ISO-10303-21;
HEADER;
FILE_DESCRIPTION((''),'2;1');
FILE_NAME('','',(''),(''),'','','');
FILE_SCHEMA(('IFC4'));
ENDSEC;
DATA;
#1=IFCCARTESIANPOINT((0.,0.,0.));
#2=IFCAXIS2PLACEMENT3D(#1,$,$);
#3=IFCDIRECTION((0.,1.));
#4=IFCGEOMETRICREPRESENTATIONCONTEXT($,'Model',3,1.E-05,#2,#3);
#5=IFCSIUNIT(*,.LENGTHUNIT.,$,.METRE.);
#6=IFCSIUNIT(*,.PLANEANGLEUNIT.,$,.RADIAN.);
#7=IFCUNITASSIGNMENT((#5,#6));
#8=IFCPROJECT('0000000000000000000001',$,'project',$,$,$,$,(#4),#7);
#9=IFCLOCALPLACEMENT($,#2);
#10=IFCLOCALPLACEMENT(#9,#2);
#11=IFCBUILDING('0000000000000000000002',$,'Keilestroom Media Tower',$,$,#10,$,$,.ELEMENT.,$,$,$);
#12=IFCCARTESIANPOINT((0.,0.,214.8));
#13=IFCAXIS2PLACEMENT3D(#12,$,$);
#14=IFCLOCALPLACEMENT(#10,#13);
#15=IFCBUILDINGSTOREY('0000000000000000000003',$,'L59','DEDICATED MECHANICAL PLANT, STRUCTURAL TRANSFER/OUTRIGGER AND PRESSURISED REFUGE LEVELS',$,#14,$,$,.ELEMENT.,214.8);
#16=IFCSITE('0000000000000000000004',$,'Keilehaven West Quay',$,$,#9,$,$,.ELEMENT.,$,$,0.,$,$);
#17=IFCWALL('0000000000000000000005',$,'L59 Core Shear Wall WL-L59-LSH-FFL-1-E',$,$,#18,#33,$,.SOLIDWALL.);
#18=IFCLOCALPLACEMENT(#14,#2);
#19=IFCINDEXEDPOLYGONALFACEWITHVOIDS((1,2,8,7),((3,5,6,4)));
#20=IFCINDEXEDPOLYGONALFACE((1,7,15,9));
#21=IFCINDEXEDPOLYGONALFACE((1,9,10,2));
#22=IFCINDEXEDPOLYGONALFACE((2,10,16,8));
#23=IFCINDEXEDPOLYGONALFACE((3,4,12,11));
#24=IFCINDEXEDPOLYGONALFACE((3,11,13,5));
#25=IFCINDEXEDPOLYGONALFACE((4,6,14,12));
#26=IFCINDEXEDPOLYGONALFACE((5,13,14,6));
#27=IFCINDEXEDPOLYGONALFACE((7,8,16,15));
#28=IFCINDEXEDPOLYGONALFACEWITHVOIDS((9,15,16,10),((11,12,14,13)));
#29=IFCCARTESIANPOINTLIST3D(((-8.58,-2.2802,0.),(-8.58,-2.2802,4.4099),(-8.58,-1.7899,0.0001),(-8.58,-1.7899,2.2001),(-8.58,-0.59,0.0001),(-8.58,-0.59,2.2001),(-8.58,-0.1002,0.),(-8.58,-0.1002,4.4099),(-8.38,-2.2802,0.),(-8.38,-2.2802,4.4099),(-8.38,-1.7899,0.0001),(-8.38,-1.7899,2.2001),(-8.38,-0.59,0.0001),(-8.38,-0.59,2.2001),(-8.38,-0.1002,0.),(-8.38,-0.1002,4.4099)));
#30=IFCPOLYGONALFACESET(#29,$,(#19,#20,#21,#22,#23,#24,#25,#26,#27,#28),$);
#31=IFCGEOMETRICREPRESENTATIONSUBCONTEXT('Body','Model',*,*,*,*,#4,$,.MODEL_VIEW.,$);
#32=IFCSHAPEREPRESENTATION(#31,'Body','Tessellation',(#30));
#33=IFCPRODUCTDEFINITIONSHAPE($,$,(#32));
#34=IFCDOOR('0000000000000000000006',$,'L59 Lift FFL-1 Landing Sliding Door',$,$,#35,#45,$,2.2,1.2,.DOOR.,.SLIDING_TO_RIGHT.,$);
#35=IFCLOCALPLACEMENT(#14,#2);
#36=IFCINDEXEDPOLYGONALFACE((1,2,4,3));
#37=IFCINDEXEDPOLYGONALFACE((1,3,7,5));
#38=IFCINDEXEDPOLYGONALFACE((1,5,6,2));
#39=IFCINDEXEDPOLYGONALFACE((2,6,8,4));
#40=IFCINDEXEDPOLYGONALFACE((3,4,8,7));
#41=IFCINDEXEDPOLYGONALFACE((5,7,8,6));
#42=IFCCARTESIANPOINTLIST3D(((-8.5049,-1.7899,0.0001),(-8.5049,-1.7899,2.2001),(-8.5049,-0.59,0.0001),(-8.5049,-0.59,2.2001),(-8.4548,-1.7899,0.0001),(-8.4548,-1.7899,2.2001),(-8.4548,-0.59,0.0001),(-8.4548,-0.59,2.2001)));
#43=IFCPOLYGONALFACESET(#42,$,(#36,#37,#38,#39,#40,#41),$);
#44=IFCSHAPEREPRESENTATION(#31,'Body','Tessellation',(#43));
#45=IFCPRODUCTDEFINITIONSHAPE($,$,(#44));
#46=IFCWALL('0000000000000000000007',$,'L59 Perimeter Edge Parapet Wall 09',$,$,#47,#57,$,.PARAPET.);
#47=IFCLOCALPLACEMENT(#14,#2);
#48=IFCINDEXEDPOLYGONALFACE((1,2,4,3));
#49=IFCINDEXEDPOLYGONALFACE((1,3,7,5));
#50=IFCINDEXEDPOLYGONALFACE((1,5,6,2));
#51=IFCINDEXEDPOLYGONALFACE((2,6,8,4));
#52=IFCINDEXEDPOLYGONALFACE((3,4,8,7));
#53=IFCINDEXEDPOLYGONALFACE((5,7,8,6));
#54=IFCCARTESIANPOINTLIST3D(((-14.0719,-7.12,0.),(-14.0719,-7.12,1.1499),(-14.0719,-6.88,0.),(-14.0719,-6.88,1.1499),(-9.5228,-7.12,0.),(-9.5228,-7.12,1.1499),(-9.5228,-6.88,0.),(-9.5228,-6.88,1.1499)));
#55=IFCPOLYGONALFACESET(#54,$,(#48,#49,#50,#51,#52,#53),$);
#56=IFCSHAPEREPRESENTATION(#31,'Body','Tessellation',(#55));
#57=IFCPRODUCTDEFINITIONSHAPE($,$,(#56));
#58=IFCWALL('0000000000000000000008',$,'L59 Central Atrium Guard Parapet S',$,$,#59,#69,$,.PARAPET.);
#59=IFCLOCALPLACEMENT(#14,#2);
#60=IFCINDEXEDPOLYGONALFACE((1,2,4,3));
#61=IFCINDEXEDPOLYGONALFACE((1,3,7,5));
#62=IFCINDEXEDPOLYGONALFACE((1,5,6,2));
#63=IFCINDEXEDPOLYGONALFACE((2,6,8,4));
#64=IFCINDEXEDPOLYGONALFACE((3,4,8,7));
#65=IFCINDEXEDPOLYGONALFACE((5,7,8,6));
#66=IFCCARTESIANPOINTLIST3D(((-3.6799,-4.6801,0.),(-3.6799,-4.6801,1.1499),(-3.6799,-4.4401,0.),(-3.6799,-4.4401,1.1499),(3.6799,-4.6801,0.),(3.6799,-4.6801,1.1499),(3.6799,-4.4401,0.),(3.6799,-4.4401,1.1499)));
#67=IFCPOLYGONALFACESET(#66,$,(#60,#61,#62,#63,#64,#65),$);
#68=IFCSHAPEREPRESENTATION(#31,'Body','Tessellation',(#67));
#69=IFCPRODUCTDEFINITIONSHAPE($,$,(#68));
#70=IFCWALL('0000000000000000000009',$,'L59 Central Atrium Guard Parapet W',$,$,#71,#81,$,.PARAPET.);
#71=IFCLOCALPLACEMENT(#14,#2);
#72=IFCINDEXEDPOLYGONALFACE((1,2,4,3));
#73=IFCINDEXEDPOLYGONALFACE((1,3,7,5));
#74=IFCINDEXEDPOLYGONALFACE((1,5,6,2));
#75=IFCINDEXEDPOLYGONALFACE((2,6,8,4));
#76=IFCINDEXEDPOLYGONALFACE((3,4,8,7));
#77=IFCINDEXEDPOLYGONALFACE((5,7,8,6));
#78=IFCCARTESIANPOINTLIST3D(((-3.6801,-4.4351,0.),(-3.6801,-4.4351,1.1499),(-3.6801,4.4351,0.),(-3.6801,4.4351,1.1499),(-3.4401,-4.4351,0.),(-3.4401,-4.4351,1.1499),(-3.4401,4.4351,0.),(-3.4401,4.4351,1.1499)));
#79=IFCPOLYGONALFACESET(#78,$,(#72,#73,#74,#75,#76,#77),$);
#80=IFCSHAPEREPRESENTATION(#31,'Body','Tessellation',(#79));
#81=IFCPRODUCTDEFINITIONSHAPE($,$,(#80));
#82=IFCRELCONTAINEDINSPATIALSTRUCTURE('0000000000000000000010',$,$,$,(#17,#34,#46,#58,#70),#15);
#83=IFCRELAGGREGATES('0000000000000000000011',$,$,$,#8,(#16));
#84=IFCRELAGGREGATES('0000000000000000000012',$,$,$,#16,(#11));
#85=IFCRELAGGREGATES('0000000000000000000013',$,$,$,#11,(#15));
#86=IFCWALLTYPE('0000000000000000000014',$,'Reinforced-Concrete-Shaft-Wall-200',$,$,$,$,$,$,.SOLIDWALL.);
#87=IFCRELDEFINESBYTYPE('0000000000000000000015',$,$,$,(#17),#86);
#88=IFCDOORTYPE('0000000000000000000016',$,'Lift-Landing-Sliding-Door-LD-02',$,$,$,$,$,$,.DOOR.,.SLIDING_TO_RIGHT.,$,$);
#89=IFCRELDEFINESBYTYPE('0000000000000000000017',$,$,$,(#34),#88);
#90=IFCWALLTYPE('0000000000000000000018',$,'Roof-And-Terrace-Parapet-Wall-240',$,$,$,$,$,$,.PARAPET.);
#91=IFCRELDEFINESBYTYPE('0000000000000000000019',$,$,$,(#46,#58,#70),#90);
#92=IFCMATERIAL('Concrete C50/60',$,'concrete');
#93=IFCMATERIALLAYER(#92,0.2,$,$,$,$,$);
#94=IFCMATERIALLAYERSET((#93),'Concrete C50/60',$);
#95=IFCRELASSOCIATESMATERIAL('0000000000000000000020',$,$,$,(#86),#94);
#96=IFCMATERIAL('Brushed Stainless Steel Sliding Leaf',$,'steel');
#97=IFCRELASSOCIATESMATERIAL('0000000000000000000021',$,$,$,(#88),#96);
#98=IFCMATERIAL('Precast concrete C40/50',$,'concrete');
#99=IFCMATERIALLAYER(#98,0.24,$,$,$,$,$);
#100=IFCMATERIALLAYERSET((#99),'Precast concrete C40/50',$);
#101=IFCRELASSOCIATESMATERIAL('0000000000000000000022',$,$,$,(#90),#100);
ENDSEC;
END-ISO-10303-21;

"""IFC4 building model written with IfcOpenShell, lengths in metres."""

from ifc_helpers import new_model, si_unit, direction, frame, frame_2d, origin, place, context, subcontext, project, spatial, rectangle, extrude, source, transform, mapped, material, layer, layer_set, type_object, element, fill, save


model = new_model("IFC4")

# Units and contexts
model_context = context("Model", 3, precision=1e-05, world=origin(), true_north=direction((0.0, 1.0)))
body_context = subcontext(model_context, "Body", "Model", "MODEL_VIEW")
ifc_project = project(units=[si_unit("LENGTHUNIT", "METRE"), si_unit("PLANEANGLEUNIT", "RADIAN")], contexts=[model_context])

# Site, building, storey
site_placement = place(None, origin())
site = spatial("IfcSite", under=ifc_project, at=site_placement, Name="Keilehaven West Quay", CompositionType="ELEMENT", RefElevation=0.0)
building_placement = place(site_placement, origin())
building = spatial("IfcBuilding", under=site, at=building_placement, Name="Keilestroom Media Tower", CompositionType="ELEMENT")
storey_placement = place(building_placement, frame((0.0, 0.0, 214.8)))
storey = spatial("IfcBuildingStorey", under=building, at=storey_placement, Name="L59", Description="DEDICATED MECHANICAL PLANT, STRUCTURAL TRANSFER/OUTRIGGER AND PRESSURISED REFUGE LEVELS", CompositionType="ELEMENT", Elevation=214.8)

# Shared definitions
shared_shape_1 = source(origin(), body_context, "Body", "SweptSolid", [
    extrude(rectangle(XDim=1.2, YDim=2.2, at=frame_2d((0.6001, 1.1001))), frame((0.0, 0.0249, 0.0), z_axis=(0.0, -1.0, 0.0), x_axis=(1.0, 0.0, 0.0)), (0.0, 0.0, 1.0), 0.05),
])

# Shared definitions
ifc_material_1 = material(Name="Concrete C50/60", Category="concrete")
ifc_layer_1 = layer(ifc_material_1, 0.2)
ifc_layer_set_1 = layer_set([ifc_layer_1], Name="Concrete C50/60")
wall_type_1 = type_object("IfcWallType", Name="Reinforced-Concrete-Shaft-Wall-200", PredefinedType="SOLIDWALL", material=ifc_layer_set_1)

# Wall, opening, door
wall_1_placement = place(storey_placement, frame((-8.48, -2.28, 0.0), z_axis=(0.0, 0.0, 1.0), x_axis=(0.0, 1.0, 0.0)))
wall_1 = element("IfcWall", 1, at=wall_1_placement, inside=storey, type_object=wall_type_1, Name="L59 Core Shear Wall WL-L59-LSH-FFL-1-E", PredefinedType="SOLIDWALL", context=body_context, shape_type="SweptSolid", body=[
    extrude(rectangle(XDim=2.1799, YDim=0.2, at=frame_2d((1.0898, 0.0))), origin(), (0.0, 0.0, 1.0), 4.4099),
])
opening_1_placement = place(wall_1_placement, frame((0.49, 0.0, 0.0)))
opening_1 = element("IfcOpeningElement", 2, at=opening_1_placement, cuts=wall_1, PredefinedType="OPENING", context=body_context, shape_type="SweptSolid", body=[
    extrude(rectangle(XDim=1.2, YDim=2.2, at=frame_2d((0.6001, 1.1001))), frame((0.0, 0.1099, 0.0), z_axis=(0.0, -1.0, 0.0), x_axis=(1.0, 0.0, 0.0)), (0.0, 0.0, 1.0), 0.22),
])
ifc_material_2 = material(Name="Brushed Stainless Steel Sliding Leaf", Category="steel")
door_type_1 = type_object("IfcDoorType", Name="Lift-Landing-Sliding-Door-LD-02", OperationType="SLIDING_TO_RIGHT", PredefinedType="DOOR", material=ifc_material_2)
door_1_placement = place(opening_1_placement, origin())
door_1 = element("IfcDoor", 3, at=door_1_placement, inside=storey, type_object=door_type_1, Name="L59 Lift FFL-1 Landing Sliding Door", OperationType="SLIDING_TO_RIGHT", OverallHeight=2.2, OverallWidth=1.2, PredefinedType="DOOR", context=body_context, shape_type="MappedRepresentation", body=[
    mapped(shared_shape_1, transform((0.0, 0.0, 0.0), x_axis=(1.0, 0.0, 0.0), y_axis=(0.0, 1.0, 0.0), z_axis=(0.0, 0.0, 1.0), scale=1.0)),
])
fill(opening_1, door_1)

# Walls
ifc_material_3 = material(Name="Precast concrete C40/50", Category="concrete")
ifc_layer_2 = layer(ifc_material_3, 0.24)
ifc_layer_set_2 = layer_set([ifc_layer_2], Name="Precast concrete C40/50")
wall_type_2 = type_object("IfcWallType", Name="Roof-And-Terrace-Parapet-Wall-240", PredefinedType="PARAPET", material=ifc_layer_set_2)
wall_2_placement = place(storey_placement, frame((-9.5229, -7.0, 0.0), z_axis=(0.0, 0.0, 1.0), x_axis=(-1.0, 0.0, 0.0)))
element("IfcWall", 4, at=wall_2_placement, inside=storey, type_object=wall_type_2, Name="L59 Perimeter Edge Parapet Wall 09", PredefinedType="PARAPET", context=body_context, shape_type="SweptSolid", body=[
    extrude(rectangle(XDim=4.5491, YDim=0.24, at=frame_2d((2.2744, 0.0))), origin(), (0.0, 0.0, 1.0), 1.1499),
])
wall_3_placement = place(storey_placement, frame((-3.6799, -4.5601, 0.0), z_axis=(0.0, 0.0, 1.0), x_axis=(1.0, 0.0, 0.0)))
element("IfcWall", 5, at=wall_3_placement, inside=storey, type_object=wall_type_2, Name="L59 Central Atrium Guard Parapet S", PredefinedType="PARAPET", context=body_context, shape_type="SweptSolid", body=[
    extrude(rectangle(XDim=7.3599, YDim=0.24, at=frame_2d((3.6799, 0.0))), origin(), (0.0, 0.0, 1.0), 1.1499),
])
wall_4_placement = place(storey_placement, frame((-3.5601, -4.4351, 0.0), z_axis=(0.0, 0.0, 1.0), x_axis=(0.0, 1.0, 0.0)))
element("IfcWall", 6, at=wall_4_placement, inside=storey, type_object=wall_type_2, Name="L59 Central Atrium Guard Parapet W", PredefinedType="PARAPET", context=body_context, shape_type="SweptSolid", body=[
    extrude(rectangle(XDim=8.8701, YDim=0.24, at=frame_2d((4.4351, 0.0))), origin(), (0.0, 0.0, 1.0), 1.1499),
])

save(model, "model.ifc")
